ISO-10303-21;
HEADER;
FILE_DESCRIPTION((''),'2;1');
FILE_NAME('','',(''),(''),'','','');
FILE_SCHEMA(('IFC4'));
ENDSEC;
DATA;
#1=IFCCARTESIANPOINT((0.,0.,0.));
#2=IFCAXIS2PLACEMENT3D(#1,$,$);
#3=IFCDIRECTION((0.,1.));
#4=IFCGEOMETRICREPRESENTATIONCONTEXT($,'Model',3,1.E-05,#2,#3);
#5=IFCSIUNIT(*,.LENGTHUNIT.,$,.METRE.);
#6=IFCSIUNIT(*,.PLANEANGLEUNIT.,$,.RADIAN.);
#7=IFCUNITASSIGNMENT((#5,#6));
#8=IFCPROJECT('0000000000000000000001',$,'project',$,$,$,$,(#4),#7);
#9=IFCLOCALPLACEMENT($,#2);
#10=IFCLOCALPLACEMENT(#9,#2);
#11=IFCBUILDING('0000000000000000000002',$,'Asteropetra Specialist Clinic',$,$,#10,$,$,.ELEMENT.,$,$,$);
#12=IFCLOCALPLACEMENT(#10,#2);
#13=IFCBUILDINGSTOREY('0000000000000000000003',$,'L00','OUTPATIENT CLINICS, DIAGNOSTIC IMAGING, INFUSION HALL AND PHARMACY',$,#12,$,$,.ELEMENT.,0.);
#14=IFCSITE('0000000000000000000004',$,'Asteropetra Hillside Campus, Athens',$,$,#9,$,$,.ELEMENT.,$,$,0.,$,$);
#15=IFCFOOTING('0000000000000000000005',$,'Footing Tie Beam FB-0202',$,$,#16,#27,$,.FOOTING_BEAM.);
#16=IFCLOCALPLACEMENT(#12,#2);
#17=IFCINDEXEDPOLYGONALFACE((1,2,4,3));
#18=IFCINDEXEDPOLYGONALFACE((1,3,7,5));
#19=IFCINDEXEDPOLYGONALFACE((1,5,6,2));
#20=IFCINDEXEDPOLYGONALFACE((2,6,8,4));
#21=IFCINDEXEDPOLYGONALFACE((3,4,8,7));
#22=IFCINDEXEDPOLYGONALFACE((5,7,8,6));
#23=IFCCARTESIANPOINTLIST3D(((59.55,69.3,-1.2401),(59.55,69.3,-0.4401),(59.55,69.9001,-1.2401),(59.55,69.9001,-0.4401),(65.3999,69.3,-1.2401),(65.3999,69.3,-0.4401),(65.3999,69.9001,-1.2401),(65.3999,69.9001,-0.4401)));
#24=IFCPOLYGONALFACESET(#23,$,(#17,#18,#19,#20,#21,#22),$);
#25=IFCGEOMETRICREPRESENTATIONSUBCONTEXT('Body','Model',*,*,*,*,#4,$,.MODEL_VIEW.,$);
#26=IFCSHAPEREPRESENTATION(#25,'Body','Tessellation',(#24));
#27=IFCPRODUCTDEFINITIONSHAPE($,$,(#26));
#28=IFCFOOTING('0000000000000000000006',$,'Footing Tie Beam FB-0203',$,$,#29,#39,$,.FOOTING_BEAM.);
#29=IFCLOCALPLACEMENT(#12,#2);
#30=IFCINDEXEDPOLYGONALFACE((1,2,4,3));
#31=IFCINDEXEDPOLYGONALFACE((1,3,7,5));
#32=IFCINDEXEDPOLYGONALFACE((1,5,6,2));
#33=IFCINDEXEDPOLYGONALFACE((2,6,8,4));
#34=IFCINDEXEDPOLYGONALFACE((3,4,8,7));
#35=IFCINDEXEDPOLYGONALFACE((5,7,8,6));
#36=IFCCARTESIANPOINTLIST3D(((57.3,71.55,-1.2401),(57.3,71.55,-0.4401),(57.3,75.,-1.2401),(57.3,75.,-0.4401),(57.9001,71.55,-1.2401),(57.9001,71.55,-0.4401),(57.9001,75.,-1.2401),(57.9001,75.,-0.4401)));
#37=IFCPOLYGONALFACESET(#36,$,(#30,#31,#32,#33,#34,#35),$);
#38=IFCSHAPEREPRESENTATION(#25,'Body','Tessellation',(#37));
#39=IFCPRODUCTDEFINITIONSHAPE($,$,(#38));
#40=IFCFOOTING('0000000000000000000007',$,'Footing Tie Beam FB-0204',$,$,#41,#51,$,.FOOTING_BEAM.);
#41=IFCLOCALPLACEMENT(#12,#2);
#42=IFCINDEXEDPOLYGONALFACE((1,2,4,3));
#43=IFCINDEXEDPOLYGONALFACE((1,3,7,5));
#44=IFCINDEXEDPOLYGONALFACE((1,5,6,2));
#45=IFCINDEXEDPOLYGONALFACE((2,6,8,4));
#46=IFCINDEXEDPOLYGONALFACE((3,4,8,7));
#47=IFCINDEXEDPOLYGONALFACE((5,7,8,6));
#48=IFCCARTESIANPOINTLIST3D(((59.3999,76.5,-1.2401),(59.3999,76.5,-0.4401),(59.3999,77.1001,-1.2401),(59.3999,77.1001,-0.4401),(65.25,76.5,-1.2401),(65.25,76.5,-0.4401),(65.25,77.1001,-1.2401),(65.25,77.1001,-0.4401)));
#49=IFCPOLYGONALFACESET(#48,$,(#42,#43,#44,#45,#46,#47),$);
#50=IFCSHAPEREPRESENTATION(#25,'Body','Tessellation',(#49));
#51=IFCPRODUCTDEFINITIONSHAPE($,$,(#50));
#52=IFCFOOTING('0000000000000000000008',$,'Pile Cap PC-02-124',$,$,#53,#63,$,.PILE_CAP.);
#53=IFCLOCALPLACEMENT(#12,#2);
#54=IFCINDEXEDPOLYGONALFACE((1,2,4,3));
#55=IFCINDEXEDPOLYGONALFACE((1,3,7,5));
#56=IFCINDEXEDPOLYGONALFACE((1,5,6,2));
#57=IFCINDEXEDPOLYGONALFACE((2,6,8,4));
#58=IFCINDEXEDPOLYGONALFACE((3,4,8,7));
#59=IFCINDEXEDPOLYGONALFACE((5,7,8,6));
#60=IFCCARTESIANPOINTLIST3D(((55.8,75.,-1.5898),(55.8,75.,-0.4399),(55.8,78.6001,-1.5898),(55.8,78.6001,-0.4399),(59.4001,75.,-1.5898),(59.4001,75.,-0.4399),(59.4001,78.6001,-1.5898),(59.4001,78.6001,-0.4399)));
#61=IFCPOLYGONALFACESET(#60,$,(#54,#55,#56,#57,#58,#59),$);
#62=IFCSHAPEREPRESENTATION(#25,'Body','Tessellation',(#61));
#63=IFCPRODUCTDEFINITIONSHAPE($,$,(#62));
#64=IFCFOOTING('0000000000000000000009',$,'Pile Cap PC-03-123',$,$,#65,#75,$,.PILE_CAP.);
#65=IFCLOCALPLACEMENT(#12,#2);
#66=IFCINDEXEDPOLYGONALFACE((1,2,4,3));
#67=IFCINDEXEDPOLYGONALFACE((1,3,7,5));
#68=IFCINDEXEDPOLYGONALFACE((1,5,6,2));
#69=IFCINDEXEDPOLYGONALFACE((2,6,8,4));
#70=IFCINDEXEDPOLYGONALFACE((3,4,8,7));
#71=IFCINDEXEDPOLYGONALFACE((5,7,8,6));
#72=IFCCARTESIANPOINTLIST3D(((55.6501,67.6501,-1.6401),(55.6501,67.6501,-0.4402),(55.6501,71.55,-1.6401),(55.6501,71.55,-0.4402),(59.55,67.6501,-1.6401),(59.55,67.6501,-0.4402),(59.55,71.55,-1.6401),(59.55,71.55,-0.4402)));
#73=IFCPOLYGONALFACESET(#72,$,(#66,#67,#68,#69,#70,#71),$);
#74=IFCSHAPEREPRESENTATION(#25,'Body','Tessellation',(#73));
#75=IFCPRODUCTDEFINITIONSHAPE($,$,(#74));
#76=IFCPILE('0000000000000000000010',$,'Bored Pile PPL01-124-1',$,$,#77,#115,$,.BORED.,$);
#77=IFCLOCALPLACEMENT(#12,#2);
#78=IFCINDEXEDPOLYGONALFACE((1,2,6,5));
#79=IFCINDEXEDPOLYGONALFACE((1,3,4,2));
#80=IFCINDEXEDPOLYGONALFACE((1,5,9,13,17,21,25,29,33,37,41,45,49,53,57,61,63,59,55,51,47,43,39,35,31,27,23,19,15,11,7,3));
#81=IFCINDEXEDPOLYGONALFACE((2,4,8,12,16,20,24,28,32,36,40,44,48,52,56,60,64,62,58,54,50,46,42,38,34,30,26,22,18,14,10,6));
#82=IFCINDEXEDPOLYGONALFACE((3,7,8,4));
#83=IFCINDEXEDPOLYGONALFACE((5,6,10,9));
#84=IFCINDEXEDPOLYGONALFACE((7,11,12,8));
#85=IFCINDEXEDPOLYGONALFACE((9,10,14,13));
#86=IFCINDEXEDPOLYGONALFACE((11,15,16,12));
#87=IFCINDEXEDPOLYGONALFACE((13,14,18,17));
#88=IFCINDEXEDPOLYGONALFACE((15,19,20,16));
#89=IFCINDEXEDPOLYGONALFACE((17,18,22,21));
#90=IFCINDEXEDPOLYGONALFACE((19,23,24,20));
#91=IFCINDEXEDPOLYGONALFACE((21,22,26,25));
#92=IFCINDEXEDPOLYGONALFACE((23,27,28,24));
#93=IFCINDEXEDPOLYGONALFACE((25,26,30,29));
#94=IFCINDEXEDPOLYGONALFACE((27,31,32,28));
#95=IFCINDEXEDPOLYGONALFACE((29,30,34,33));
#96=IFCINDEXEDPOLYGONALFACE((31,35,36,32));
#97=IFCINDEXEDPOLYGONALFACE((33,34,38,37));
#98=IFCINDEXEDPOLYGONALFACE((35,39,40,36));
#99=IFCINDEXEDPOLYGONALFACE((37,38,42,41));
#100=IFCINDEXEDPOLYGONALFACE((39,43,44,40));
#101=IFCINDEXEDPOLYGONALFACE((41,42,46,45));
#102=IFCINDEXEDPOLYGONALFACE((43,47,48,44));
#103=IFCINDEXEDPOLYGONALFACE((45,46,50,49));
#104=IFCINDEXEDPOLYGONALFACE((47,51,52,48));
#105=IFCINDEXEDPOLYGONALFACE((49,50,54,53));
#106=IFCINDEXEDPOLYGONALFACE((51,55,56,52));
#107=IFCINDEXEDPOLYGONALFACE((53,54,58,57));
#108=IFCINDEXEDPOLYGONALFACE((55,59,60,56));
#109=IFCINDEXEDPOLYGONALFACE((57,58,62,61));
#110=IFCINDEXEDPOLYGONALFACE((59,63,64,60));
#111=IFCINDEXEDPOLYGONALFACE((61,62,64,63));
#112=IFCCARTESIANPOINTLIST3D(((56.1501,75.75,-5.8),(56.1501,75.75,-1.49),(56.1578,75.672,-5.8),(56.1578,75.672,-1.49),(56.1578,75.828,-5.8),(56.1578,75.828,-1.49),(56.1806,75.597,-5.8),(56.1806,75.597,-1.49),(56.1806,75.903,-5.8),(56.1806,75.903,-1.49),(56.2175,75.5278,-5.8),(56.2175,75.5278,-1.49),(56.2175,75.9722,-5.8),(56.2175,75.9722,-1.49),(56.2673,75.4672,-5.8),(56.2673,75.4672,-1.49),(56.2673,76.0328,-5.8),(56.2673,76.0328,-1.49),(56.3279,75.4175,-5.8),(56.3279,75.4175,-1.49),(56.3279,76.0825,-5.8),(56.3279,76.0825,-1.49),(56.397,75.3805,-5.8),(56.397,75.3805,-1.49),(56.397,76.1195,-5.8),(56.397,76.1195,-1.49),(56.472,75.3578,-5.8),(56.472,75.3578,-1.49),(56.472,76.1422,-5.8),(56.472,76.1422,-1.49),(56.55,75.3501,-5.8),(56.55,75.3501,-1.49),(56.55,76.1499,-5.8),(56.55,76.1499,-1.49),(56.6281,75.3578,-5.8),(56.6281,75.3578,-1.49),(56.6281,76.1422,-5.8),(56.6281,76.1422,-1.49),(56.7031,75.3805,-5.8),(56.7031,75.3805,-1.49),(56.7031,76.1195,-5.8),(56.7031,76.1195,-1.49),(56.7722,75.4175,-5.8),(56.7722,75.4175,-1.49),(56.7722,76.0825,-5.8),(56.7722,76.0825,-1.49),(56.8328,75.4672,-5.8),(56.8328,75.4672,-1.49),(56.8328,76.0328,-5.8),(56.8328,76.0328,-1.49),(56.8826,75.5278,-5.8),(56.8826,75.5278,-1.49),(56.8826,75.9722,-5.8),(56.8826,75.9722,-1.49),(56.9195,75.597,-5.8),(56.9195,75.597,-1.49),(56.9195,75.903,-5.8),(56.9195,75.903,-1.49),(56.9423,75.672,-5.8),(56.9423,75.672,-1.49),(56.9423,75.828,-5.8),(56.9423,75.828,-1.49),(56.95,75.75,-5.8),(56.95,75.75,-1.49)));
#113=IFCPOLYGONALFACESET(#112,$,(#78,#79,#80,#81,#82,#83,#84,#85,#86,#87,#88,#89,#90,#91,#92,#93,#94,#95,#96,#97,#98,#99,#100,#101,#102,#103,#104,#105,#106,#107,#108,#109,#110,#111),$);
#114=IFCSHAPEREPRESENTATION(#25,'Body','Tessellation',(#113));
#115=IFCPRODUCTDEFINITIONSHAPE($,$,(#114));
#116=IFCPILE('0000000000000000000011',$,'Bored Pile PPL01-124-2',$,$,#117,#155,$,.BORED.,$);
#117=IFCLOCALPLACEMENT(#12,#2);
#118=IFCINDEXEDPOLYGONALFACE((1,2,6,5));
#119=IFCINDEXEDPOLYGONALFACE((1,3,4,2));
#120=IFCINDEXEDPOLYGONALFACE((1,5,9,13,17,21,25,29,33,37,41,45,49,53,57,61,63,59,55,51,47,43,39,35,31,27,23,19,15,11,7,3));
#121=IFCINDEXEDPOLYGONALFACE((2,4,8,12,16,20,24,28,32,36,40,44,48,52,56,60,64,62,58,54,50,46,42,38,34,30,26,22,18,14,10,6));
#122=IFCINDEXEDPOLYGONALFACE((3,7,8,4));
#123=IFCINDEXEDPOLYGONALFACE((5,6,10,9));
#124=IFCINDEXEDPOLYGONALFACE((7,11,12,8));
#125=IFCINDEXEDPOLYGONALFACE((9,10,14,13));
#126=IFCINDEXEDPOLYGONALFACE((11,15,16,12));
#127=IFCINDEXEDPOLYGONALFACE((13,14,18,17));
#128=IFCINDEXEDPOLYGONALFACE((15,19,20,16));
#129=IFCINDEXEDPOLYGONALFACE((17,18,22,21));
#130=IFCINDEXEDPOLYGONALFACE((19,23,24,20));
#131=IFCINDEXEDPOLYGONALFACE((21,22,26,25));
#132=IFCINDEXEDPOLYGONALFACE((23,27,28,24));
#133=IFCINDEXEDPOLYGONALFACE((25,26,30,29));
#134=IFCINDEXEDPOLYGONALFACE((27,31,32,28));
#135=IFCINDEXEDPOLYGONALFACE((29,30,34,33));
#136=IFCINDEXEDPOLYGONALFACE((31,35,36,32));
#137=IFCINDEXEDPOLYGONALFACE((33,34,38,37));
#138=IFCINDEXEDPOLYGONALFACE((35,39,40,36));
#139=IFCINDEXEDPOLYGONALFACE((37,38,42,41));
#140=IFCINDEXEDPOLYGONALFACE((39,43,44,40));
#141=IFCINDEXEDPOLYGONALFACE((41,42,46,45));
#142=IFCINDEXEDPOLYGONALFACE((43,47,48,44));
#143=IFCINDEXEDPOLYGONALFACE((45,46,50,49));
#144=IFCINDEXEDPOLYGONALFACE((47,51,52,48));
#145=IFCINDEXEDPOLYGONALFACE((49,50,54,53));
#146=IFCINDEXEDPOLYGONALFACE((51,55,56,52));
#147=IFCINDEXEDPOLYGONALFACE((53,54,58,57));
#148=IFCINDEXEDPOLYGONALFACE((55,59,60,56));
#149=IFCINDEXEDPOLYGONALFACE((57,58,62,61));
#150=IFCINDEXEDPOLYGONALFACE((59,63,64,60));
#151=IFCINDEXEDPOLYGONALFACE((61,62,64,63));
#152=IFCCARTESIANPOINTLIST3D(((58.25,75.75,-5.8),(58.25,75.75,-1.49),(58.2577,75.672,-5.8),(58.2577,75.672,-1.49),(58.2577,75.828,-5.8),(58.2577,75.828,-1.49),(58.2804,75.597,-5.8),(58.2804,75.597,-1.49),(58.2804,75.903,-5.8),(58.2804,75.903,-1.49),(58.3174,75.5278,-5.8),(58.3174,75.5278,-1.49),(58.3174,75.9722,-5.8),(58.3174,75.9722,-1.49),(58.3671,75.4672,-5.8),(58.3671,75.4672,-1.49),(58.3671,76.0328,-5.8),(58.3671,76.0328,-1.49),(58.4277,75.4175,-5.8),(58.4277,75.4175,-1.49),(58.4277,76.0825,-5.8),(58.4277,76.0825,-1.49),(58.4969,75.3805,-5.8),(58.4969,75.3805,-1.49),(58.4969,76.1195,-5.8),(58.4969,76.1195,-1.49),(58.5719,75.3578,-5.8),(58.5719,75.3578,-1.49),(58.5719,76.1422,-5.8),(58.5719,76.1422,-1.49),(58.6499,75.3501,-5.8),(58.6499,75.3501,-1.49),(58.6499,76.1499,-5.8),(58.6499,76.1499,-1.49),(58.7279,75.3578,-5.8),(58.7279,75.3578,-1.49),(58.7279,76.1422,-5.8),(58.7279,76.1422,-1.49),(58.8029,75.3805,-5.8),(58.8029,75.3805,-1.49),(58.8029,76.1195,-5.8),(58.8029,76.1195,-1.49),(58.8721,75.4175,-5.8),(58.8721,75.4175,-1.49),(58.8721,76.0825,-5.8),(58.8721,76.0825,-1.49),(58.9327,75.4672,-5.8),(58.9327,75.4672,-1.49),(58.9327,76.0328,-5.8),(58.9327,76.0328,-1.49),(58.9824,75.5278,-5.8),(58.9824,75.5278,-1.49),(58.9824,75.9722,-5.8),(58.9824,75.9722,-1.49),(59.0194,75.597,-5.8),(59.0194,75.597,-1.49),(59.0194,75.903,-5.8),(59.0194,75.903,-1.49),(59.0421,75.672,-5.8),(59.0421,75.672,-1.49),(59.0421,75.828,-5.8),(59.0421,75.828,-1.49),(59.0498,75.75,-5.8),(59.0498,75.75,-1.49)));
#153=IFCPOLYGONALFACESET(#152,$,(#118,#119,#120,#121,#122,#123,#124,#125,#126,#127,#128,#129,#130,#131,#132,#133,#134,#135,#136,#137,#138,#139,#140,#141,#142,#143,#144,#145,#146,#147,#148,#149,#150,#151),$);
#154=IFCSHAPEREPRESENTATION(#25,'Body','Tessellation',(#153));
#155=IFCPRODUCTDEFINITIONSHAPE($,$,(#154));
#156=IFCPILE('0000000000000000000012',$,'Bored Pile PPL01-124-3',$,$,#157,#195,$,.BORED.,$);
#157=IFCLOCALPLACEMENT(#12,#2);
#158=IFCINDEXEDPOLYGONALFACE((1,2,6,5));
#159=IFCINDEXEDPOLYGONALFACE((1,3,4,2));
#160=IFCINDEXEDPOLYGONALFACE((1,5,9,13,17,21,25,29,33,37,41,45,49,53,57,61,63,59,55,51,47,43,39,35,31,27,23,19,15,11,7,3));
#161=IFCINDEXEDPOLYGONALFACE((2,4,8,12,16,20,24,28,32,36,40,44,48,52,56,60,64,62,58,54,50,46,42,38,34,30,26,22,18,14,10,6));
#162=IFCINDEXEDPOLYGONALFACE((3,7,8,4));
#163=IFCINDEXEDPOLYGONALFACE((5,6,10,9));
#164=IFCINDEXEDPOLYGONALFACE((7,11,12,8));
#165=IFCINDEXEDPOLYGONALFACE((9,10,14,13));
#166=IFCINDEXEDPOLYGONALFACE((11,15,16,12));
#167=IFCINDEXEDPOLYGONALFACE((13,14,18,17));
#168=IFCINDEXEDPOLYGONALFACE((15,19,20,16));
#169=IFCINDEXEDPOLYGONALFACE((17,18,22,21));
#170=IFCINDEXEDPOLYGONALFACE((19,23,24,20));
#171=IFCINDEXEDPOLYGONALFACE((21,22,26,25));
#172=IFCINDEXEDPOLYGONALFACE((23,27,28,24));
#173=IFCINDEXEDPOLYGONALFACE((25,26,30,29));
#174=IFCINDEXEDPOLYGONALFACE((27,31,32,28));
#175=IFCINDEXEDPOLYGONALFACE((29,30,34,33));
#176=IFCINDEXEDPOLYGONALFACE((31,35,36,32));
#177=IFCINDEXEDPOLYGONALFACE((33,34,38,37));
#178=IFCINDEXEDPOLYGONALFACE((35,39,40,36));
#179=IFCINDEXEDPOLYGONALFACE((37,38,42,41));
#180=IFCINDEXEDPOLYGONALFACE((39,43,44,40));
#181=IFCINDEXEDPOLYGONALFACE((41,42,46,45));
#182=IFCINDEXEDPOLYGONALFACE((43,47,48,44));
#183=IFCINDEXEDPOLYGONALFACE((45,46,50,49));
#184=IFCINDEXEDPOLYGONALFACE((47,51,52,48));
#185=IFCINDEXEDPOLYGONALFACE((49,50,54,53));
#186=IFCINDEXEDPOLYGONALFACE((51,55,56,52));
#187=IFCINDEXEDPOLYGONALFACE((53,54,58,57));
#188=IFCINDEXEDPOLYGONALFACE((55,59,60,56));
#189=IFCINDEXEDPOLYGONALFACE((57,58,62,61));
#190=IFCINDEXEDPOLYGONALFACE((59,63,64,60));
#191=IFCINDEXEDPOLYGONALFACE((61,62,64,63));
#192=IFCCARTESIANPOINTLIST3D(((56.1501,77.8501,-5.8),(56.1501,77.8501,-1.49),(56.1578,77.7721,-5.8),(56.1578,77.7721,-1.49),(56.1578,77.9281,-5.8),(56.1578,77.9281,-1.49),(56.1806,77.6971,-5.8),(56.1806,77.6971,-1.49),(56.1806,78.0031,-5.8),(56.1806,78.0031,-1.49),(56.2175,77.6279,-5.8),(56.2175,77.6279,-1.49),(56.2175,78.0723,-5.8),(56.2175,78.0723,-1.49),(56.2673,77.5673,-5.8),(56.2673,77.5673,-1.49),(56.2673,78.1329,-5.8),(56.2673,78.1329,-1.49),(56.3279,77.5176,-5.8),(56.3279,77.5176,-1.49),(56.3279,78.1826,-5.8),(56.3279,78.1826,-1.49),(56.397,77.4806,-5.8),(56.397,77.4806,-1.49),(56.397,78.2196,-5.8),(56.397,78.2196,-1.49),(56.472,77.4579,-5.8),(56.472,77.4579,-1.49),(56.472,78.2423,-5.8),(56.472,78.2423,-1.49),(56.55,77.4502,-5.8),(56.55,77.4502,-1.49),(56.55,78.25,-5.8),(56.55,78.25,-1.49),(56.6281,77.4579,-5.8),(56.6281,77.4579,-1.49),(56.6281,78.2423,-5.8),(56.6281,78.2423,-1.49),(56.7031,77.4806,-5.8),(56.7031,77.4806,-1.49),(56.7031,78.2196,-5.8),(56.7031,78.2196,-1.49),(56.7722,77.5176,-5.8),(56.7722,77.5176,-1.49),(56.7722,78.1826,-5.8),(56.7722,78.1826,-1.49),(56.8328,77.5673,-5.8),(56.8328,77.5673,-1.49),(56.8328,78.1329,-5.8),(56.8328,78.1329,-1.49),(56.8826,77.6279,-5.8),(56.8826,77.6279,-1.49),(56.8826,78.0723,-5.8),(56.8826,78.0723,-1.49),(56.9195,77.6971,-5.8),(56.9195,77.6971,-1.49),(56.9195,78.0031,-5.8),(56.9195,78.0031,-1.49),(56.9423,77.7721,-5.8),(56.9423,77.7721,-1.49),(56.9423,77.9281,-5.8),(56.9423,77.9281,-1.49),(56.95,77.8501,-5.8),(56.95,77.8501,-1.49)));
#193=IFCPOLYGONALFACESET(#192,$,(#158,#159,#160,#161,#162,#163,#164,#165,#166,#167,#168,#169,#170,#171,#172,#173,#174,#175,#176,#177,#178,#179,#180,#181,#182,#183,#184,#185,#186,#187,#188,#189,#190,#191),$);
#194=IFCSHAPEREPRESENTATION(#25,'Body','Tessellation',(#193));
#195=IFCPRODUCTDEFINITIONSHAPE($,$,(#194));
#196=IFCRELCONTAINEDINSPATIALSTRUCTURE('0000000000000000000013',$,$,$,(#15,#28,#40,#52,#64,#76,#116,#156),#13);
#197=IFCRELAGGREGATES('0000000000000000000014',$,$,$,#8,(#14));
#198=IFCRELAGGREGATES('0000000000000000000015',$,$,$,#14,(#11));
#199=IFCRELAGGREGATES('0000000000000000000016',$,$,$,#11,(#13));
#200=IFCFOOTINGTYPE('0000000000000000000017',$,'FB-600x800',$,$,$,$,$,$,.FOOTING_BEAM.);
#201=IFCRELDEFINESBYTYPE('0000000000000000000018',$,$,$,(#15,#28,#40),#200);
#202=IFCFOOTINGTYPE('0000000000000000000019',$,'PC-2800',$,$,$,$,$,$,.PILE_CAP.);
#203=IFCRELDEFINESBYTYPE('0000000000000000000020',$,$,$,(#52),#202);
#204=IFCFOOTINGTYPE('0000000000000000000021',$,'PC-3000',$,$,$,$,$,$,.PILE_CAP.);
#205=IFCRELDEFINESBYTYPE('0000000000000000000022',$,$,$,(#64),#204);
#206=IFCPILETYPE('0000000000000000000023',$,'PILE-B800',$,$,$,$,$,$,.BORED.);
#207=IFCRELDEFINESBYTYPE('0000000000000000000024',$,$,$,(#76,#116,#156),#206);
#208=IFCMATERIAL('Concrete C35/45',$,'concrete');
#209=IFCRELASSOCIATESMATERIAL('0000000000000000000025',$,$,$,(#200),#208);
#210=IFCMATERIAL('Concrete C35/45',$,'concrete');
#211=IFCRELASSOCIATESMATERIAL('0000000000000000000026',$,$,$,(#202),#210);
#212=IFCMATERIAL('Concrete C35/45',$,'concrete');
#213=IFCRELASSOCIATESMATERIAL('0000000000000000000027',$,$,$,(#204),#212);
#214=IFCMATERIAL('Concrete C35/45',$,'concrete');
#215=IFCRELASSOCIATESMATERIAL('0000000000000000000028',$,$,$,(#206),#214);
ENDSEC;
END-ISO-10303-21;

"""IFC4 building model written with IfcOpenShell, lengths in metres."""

from ifc_helpers import new_model, si_unit, direction, frame, origin, origin_2d, place, context, subcontext, project, spatial, rectangle, circle, extrude, material, material_profile, profile_set, type_object, element, save


model = new_model("IFC4")

# Units and contexts
model_context = context("Model", 3, precision=1e-05, world=origin(), true_north=direction((0.0, 1.0)))
body_context = subcontext(model_context, "Body", "Model", "MODEL_VIEW")
ifc_project = project(units=[si_unit("LENGTHUNIT", "METRE"), si_unit("PLANEANGLEUNIT", "RADIAN")], contexts=[model_context])

# Site, building, storey
site_placement = place(None, origin())
site = spatial("IfcSite", under=ifc_project, at=site_placement, Name="Asteropetra Hillside Campus, Athens", CompositionType="ELEMENT", RefElevation=0.0)
building_placement = place(site_placement, origin())
building = spatial("IfcBuilding", under=site, at=building_placement, Name="Asteropetra Specialist Clinic", CompositionType="ELEMENT")
storey_placement = place(building_placement, origin())
storey = spatial("IfcBuildingStorey", under=building, at=storey_placement, Name="L00", Description="OUTPATIENT CLINICS, DIAGNOSTIC IMAGING, INFUSION HALL AND PHARMACY", CompositionType="ELEMENT", Elevation=0.0)

# Footings
ifc_material_1 = material(Name="Concrete C35/45", Category="concrete")
ifc_material_profile_1 = material_profile(ifc_material_1, rectangle(XDim=0.6001, YDim=0.8, at=origin_2d()), Name="FB 600x800")
ifc_profile_set_1 = profile_set([ifc_material_profile_1], Name="Concrete C35/45")
footing_type_1 = type_object("IfcFootingType", Name="FB-600x800", PredefinedType="FOOTING_BEAM", material=ifc_profile_set_1)
footing_1_placement = place(storey_placement, frame((59.55, 69.6001, -0.8401), z_axis=(1.0, 0.0, 0.0), x_axis=(0.0, 1.0, 0.0)))
element("IfcFooting", 1, at=footing_1_placement, inside=storey, type_object=footing_type_1, Name="Footing Tie Beam FB-0202", PredefinedType="FOOTING_BEAM", context=body_context, shape_type="SweptSolid", body=[
    extrude(rectangle(XDim=0.6001, YDim=0.8, at=origin_2d()), origin(), (0.0, 0.0, 1.0), 5.8499),
])
footing_2_placement = place(storey_placement, frame((57.6001, 71.55, -0.8401), z_axis=(0.0, 1.0, 0.0), x_axis=(-1.0, 0.0, 0.0)))
element("IfcFooting", 2, at=footing_2_placement, inside=storey, type_object=footing_type_1, Name="Footing Tie Beam FB-0203", PredefinedType="FOOTING_BEAM", context=body_context, shape_type="SweptSolid", body=[
    extrude(rectangle(XDim=0.6001, YDim=0.8, at=origin_2d()), origin(), (0.0, 0.0, 1.0), 3.45),
])
footing_3_placement = place(storey_placement, frame((59.3999, 76.8, -0.8401), z_axis=(1.0, 0.0, 0.0), x_axis=(0.0, 1.0, 0.0)))
element("IfcFooting", 3, at=footing_3_placement, inside=storey, type_object=footing_type_1, Name="Footing Tie Beam FB-0204", PredefinedType="FOOTING_BEAM", context=body_context, shape_type="SweptSolid", body=[
    extrude(rectangle(XDim=0.6001, YDim=0.8, at=origin_2d()), origin(), (0.0, 0.0, 1.0), 5.8501),
])
ifc_material_2 = material(Name="Concrete C35/45", Category="concrete")
footing_type_2 = type_object("IfcFootingType", Name="PC-2800", PredefinedType="PILE_CAP", material=ifc_material_2)
footing_4_placement = place(storey_placement, frame((57.6001, 76.8, -1.5898), z_axis=(0.0, 0.0, 1.0), x_axis=(1.0, 0.0, 0.0)))
element("IfcFooting", 4, at=footing_4_placement, inside=storey, type_object=footing_type_2, Name="Pile Cap PC-02-124", PredefinedType="PILE_CAP", context=body_context, shape_type="SweptSolid", body=[
    extrude(rectangle(XDim=3.6001, YDim=3.6001, at=origin_2d()), origin(), (0.0, 0.0, 1.0), 1.1499),
])
ifc_material_3 = material(Name="Concrete C35/45", Category="concrete")
footing_type_3 = type_object("IfcFootingType", Name="PC-3000", PredefinedType="PILE_CAP", material=ifc_material_3)
footing_5_placement = place(storey_placement, frame((57.6001, 69.6001, -1.6401), z_axis=(0.0, 0.0, 1.0), x_axis=(1.0, 0.0, 0.0)))
element("IfcFooting", 5, at=footing_5_placement, inside=storey, type_object=footing_type_3, Name="Pile Cap PC-03-123", PredefinedType="PILE_CAP", context=body_context, shape_type="SweptSolid", body=[
    extrude(rectangle(XDim=3.8999, YDim=3.8999, at=origin_2d()), origin(), (0.0, 0.0, 1.0), 1.2),
])

# Piles
ifc_material_4 = material(Name="Concrete C35/45", Category="concrete")
ifc_material_profile_2 = material_profile(ifc_material_4, circle(Radius=0.3999, at=origin_2d()), Name="PILE D800")
ifc_profile_set_2 = profile_set([ifc_material_profile_2], Name="Concrete C35/45")
pile_type_1 = type_object("IfcPileType", Name="PILE-B800", PredefinedType="BORED", material=ifc_profile_set_2)
for number, where, z_axis, x_axis, name in (
    (6, (56.55, 75.75, -1.49), (0.0, 0.0, -1.0), (1.0, 0.0, 0.0), "Bored Pile PPL01-124-1"),
    (7, (58.6499, 75.75, -1.49), (0.0, 0.0, -1.0), (1.0, 0.0, 0.0), "Bored Pile PPL01-124-2"),
    (8, (56.55, 77.8501, -1.49), (0.0, 0.0, -1.0), (1.0, 0.0, 0.0), "Bored Pile PPL01-124-3"),
):
    element("IfcPile", number, at=place(storey_placement, frame(where, z_axis=z_axis, x_axis=x_axis)), inside=storey, type_object=pile_type_1, Name=name, PredefinedType="BORED", context=body_context, shape_type="SweptSolid", body=[
        extrude(circle(Radius=0.3999, at=origin_2d()), origin(), (0.0, 0.0, 1.0), 4.3101),
    ])

save(model, "model.ifc")
